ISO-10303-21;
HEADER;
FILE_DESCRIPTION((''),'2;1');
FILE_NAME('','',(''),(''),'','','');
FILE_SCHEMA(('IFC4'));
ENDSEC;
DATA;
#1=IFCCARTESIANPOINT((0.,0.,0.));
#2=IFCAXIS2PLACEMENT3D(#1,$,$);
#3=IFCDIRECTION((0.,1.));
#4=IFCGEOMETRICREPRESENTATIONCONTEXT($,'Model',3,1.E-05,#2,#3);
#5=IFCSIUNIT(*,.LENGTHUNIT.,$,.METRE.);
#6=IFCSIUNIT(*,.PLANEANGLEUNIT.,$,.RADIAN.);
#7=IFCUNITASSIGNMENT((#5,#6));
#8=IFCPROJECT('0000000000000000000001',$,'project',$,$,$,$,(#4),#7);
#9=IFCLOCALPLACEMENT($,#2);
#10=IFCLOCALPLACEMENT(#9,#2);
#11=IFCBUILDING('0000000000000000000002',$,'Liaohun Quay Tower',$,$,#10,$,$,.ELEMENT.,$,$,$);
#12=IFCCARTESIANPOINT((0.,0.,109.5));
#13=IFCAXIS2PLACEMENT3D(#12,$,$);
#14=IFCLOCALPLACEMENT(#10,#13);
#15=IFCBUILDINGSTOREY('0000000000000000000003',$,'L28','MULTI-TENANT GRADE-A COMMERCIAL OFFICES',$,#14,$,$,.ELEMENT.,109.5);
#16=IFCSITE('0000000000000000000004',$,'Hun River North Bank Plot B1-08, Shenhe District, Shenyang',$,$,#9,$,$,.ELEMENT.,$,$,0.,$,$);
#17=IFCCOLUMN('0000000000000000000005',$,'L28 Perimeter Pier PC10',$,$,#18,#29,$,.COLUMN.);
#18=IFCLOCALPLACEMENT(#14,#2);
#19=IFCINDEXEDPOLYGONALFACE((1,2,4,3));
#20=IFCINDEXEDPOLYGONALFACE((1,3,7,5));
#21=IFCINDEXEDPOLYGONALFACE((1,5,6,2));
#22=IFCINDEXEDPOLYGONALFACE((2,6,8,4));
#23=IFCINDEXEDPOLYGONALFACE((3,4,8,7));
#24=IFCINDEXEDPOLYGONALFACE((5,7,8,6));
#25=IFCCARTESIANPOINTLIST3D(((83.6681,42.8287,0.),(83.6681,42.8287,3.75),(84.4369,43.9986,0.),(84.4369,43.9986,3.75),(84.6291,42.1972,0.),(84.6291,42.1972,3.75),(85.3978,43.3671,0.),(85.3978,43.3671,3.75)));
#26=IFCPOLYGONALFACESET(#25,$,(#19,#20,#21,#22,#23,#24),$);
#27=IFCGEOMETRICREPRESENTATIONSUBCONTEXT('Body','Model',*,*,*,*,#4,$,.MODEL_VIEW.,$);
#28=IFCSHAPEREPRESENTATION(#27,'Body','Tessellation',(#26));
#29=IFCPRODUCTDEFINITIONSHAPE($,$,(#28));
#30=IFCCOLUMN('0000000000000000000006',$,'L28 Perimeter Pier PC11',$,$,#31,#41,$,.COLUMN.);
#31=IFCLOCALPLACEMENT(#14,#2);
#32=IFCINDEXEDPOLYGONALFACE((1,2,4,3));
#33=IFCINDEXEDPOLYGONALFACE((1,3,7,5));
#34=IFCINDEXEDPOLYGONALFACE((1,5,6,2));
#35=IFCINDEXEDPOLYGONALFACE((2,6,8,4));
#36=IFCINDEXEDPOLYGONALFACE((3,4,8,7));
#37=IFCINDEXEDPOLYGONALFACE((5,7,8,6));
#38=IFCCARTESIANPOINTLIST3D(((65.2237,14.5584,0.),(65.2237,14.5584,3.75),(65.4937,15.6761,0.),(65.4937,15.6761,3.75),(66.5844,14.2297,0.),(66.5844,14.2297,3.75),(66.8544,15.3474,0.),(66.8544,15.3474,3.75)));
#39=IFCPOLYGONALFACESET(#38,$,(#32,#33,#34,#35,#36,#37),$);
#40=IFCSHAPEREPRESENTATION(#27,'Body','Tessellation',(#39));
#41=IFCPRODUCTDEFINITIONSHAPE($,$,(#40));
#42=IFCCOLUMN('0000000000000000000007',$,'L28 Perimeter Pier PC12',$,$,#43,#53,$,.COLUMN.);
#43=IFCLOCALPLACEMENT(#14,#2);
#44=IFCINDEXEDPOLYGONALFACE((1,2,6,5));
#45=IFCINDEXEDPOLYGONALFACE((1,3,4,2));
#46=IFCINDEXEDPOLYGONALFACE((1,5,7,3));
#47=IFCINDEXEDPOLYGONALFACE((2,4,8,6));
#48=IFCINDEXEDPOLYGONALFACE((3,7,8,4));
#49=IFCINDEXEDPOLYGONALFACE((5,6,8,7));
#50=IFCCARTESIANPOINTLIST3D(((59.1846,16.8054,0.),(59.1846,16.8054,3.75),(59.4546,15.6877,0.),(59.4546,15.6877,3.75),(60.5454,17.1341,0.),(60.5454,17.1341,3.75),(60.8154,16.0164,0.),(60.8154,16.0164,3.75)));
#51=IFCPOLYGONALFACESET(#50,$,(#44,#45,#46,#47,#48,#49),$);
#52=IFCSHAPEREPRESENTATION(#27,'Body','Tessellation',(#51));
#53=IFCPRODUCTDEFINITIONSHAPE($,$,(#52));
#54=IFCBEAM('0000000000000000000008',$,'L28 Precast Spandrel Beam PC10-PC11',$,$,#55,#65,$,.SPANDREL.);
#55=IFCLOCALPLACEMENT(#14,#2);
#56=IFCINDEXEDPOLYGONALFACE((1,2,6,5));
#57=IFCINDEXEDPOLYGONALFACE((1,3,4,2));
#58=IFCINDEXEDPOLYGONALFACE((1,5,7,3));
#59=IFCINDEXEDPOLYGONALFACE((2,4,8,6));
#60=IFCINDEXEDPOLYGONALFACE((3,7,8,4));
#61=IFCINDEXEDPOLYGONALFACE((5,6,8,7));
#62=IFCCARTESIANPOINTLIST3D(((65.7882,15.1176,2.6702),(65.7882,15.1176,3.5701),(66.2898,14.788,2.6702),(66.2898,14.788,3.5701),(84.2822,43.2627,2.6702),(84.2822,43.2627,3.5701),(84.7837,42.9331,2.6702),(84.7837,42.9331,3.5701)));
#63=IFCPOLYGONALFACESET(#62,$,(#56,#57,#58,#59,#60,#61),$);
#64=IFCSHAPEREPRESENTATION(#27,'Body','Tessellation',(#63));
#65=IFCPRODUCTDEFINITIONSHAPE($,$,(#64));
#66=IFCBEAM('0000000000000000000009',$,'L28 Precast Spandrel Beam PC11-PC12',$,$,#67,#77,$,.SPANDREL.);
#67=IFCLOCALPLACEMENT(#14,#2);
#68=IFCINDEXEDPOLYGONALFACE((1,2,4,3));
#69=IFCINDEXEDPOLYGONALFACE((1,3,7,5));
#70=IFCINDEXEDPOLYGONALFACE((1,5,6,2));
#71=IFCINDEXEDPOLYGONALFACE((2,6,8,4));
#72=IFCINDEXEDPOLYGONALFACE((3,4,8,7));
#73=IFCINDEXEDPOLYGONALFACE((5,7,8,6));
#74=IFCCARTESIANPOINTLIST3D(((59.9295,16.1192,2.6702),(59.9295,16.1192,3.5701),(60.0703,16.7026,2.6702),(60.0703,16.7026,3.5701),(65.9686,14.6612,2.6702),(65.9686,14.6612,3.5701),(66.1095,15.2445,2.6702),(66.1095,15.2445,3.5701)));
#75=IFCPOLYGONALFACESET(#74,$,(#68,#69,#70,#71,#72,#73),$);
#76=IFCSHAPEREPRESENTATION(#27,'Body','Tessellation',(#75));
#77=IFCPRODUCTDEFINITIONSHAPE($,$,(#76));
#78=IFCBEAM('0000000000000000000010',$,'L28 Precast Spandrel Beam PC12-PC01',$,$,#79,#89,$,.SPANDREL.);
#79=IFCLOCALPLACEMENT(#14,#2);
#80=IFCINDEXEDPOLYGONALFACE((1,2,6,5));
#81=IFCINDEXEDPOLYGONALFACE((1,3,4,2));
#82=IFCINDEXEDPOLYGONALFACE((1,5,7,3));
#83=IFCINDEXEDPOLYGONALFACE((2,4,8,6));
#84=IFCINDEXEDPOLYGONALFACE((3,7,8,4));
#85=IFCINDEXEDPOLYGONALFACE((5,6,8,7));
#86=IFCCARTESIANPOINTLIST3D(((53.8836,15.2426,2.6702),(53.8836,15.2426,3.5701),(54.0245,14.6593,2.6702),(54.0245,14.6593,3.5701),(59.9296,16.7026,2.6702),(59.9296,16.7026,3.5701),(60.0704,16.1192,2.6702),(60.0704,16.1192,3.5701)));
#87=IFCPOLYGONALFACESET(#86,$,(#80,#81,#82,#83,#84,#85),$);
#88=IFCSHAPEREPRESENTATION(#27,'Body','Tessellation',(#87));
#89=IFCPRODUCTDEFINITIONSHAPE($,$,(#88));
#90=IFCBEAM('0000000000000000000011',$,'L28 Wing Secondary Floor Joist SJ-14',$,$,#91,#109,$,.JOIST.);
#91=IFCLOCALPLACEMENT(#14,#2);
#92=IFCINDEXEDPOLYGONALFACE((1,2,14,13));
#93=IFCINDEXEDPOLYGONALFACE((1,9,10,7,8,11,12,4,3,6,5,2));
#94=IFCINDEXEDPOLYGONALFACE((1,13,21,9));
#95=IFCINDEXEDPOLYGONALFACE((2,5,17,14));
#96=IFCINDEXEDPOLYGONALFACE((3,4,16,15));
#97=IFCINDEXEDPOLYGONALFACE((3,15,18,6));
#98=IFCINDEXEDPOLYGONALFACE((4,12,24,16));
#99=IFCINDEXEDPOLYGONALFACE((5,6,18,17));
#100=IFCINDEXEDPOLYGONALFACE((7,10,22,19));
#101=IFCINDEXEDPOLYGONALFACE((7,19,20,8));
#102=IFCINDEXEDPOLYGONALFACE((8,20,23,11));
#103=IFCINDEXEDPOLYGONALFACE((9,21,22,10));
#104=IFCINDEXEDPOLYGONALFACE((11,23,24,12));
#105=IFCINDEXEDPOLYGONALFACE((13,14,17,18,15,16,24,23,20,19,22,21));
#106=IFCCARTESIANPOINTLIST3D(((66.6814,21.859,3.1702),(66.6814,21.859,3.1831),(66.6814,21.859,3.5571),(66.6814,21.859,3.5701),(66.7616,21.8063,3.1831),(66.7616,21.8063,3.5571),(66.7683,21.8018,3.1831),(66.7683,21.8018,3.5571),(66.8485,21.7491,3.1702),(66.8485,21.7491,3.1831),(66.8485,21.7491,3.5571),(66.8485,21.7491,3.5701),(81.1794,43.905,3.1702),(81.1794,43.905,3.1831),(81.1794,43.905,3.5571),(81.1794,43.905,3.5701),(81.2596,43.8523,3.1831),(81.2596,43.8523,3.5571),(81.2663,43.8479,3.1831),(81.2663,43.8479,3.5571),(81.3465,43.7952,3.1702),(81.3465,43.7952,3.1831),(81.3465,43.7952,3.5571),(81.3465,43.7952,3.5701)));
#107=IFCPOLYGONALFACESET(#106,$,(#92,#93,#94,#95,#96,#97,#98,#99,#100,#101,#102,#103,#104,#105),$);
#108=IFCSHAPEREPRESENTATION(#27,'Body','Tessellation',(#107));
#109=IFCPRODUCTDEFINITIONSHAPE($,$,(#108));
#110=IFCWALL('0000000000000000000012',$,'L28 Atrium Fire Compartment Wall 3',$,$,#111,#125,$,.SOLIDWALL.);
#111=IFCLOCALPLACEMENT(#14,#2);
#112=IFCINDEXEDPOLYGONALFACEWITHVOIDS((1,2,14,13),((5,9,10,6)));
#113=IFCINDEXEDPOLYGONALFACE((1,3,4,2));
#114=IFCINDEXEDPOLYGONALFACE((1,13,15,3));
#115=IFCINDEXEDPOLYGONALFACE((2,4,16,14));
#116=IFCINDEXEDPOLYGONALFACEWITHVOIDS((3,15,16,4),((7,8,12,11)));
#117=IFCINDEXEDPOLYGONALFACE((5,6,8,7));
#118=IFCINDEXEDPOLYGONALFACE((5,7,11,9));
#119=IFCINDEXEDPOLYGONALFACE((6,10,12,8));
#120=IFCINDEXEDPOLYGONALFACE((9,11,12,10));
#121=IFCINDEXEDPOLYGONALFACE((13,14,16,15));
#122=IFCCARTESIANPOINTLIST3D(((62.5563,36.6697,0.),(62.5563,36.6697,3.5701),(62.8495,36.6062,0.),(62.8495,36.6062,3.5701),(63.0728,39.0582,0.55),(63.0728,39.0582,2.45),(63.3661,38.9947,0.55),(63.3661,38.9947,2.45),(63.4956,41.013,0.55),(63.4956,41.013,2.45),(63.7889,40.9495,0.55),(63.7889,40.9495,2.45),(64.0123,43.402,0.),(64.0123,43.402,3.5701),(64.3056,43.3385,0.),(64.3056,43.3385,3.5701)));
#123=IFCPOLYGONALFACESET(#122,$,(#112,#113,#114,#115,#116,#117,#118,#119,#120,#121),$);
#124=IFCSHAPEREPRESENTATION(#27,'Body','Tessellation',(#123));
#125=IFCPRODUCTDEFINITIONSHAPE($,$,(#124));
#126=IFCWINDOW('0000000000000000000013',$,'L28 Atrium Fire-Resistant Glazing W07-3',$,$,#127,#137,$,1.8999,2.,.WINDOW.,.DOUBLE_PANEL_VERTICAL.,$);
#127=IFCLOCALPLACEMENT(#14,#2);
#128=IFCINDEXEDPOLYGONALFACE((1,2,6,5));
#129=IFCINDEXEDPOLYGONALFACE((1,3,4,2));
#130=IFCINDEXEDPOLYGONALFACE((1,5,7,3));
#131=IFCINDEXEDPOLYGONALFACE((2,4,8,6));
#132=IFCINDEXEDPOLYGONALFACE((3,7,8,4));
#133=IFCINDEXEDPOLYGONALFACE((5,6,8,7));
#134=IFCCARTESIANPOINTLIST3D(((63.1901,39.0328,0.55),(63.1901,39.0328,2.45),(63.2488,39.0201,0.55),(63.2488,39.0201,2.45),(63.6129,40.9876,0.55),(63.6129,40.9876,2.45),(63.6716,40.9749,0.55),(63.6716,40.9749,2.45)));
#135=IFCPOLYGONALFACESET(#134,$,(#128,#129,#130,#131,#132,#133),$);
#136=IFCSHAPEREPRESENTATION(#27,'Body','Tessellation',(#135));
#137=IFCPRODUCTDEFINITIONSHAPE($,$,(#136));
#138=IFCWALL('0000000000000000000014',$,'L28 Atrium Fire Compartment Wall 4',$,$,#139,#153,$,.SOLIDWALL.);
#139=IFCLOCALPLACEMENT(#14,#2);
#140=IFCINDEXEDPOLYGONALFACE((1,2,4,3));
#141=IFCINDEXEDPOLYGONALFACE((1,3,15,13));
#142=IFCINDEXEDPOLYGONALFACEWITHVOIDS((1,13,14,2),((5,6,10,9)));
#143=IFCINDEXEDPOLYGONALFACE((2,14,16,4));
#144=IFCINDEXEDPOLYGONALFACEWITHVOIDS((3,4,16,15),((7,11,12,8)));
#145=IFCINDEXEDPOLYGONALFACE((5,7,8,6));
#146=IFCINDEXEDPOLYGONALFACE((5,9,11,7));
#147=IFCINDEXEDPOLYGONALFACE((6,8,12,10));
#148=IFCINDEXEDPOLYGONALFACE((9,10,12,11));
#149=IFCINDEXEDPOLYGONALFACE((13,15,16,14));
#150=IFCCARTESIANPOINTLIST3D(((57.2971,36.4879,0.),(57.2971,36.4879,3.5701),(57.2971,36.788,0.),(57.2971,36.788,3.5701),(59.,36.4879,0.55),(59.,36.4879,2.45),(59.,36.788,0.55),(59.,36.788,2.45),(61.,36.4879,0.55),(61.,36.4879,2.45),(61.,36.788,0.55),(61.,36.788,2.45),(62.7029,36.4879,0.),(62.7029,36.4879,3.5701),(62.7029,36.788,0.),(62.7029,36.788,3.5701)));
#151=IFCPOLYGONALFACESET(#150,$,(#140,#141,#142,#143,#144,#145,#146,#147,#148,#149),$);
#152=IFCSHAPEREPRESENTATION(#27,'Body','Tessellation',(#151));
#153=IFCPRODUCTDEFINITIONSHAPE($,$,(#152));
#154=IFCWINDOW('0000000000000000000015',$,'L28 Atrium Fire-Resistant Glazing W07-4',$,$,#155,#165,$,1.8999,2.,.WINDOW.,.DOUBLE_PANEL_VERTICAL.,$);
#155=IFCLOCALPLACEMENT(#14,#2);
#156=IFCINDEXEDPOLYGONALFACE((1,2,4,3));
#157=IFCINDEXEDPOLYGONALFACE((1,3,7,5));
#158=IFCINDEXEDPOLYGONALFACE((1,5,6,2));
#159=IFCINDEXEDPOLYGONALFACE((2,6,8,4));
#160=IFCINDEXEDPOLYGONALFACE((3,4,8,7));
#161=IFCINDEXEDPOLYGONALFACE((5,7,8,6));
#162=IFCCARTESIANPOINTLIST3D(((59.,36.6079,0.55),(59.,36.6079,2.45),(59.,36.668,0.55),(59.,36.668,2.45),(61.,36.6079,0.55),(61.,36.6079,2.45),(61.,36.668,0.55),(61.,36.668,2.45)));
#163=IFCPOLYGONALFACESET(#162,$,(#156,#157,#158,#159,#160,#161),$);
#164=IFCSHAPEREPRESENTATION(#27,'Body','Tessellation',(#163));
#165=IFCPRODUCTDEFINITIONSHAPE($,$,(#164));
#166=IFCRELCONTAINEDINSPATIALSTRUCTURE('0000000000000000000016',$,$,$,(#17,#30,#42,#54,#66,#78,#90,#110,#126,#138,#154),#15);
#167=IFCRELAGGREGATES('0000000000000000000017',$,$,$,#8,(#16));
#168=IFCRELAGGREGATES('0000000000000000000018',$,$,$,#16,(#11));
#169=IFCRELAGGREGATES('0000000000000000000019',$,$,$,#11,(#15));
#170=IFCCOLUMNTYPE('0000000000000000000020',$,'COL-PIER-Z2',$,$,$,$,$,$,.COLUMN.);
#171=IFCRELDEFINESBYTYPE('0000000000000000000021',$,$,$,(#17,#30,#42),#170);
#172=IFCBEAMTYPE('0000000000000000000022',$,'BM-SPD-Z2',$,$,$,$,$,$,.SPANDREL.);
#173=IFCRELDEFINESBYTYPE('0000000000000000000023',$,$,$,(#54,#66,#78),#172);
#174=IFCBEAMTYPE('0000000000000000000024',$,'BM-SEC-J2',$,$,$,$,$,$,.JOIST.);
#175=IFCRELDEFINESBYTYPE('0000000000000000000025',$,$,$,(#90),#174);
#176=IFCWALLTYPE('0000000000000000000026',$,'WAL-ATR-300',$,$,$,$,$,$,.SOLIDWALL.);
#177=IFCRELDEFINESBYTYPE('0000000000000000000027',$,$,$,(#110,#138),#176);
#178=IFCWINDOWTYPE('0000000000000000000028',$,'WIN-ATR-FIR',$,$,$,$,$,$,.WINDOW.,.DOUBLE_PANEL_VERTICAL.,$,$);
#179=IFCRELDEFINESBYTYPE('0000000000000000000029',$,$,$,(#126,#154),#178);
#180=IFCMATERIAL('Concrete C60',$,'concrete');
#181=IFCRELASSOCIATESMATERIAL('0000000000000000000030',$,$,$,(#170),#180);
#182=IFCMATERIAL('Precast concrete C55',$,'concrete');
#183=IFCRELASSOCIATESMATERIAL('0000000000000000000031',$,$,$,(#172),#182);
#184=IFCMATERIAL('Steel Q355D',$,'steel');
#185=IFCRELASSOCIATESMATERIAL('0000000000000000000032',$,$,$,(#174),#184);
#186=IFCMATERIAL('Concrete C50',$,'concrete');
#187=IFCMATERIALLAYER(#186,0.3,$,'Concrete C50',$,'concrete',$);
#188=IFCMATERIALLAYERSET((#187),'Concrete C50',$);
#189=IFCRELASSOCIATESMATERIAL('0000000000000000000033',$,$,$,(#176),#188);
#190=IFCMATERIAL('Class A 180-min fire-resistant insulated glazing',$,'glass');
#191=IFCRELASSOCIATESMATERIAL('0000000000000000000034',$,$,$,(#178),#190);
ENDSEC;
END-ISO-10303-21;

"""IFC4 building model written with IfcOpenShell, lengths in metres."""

from ifc_helpers import new_model, si_unit, direction, frame, frame_2d, origin, origin_2d, place, context, subcontext, project, spatial, rectangle, i_section, extrude, source, transform, mapped, material, layer, layer_set, material_profile, profile_set, type_object, element, fill, save


model = new_model("IFC4")

# Units and contexts
model_context = context("Model", 3, precision=1e-05, world=origin(), true_north=direction((0.0, 1.0)))
body_context = subcontext(model_context, "Body", "Model", "MODEL_VIEW")
ifc_project = project(units=[si_unit("LENGTHUNIT", "METRE"), si_unit("PLANEANGLEUNIT", "RADIAN")], contexts=[model_context])

# Site, building, storey
site_placement = place(None, origin())
site = spatial("IfcSite", under=ifc_project, at=site_placement, Name="Hun River North Bank Plot B1-08, Shenhe District, Shenyang", CompositionType="ELEMENT", RefElevation=0.0)
building_placement = place(site_placement, origin())
building = spatial("IfcBuilding", under=site, at=building_placement, Name="Liaohun Quay Tower", CompositionType="ELEMENT")
storey_placement = place(building_placement, frame((0.0, 0.0, 109.5)))
storey = spatial("IfcBuildingStorey", under=building, at=storey_placement, Name="L28", Description="MULTI-TENANT GRADE-A COMMERCIAL OFFICES", CompositionType="ELEMENT", Elevation=109.5)

# Columns
ifc_material_1 = material(Name="Concrete C60", Category="concrete")
ifc_material_profile_1 = material_profile(ifc_material_1, rectangle(XDim=1.3999, YDim=1.1499, at=origin_2d()), Name="RC1400x1150")
ifc_profile_set_1 = profile_set([ifc_material_profile_1], Name="Concrete C60")
column_type = type_object("IfcColumnType", Name="COL-PIER-Z2", PredefinedType="COLUMN", material=ifc_profile_set_1)
shared_shape_1 = source(origin(), body_context, "Body", "SweptSolid", [
    extrude(rectangle(XDim=1.3999, YDim=1.1499, at=origin_2d()), origin(), (0.0, 0.0, 1.0), 3.75),
])
for number, where, z_axis, x_axis, name in (
    (1, (84.533, 43.0979, 0.0), (0.0, 0.0, 1.0), (0.549169, 0.835712, 0.0), "L28 Perimeter Pier PC10"),
    (2, (66.0391, 14.9529, 0.0), (0.0, 0.0, 1.0), (-0.972043, 0.234803, 0.0), "L28 Perimeter Pier PC11"),
    (3, (60.0, 16.4109, 0.0), (0.0, 0.0, 1.0), (0.972043, 0.234803, 0.0), "L28 Perimeter Pier PC12"),
):
    element("IfcColumn", number, at=place(storey_placement, frame(where, z_axis=z_axis, x_axis=x_axis)), inside=storey, type_object=column_type, Name=name, PredefinedType="COLUMN", context=body_context, shape_type="MappedRepresentation", body=[
        mapped(shared_shape_1, transform((0.0, 0.0, 0.0), x_axis=(1.0, 0.0, 0.0), y_axis=(0.0, 1.0, 0.0), z_axis=(0.0, 0.0, 1.0), scale=1.0)),
    ])

# Beams
ifc_material_2 = material(Name="Precast concrete C55", Category="concrete")
ifc_material_profile_2 = material_profile(ifc_material_2, rectangle(XDim=0.6001, YDim=0.8999, at=origin_2d()), Name="RC600x900")
ifc_profile_set_2 = profile_set([ifc_material_profile_2], Name="Precast concrete C55")
beam_type_1 = type_object("IfcBeamType", Name="BM-SPD-Z2", PredefinedType="SPANDREL", material=ifc_profile_set_2)
shared_shape_2 = source(origin(), body_context, "Body", "SweptSolid", [
    extrude(rectangle(XDim=0.6001, YDim=0.8999, at=origin_2d()), origin(), (0.0, 0.0, 1.0), 33.6775),
])
beam_1_placement = place(storey_placement, frame((84.533, 43.0979, 3.1201), z_axis=(-0.549149, -0.835725, 0.0), x_axis=(0.835725, -0.549149, 0.0)))
element("IfcBeam", 4, at=beam_1_placement, inside=storey, type_object=beam_type_1, Name="L28 Precast Spandrel Beam PC10-PC11", PredefinedType="SPANDREL", context=body_context, shape_type="MappedRepresentation", body=[
    mapped(shared_shape_2, transform((0.0, 0.0, 0.0), x_axis=(1.0, 0.0, 0.0), y_axis=(0.0, 1.0, 0.0), z_axis=(0.0, 0.0, 1.0), scale=1.0)),
])
shared_shape_3 = source(origin(), body_context, "Body", "SweptSolid", [
    extrude(rectangle(XDim=0.6001, YDim=0.8999, at=origin_2d()), origin(), (0.0, 0.0, 1.0), 6.2126),
])
beam_2_placement = place(storey_placement, frame((66.0391, 14.9529, 3.1201), z_axis=(-0.972071, 0.234687, 0.0), x_axis=(-0.234687, -0.972071, 0.0)))
element("IfcBeam", 5, at=beam_2_placement, inside=storey, type_object=beam_type_1, Name="L28 Precast Spandrel Beam PC11-PC12", PredefinedType="SPANDREL", context=body_context, shape_type="MappedRepresentation", body=[
    mapped(shared_shape_3, transform((0.0, 0.0, 0.0), x_axis=(1.0, 0.0, 0.0), y_axis=(0.0, 1.0, 0.0), z_axis=(0.0, 0.0, 1.0), scale=1.0)),
])
shared_shape_4 = source(origin(), body_context, "Body", "SweptSolid", [
    extrude(rectangle(XDim=0.6001, YDim=0.8999, at=origin_2d()), origin(), (0.0, 0.0, 1.0), 6.2197),
])
beam_3_placement = place(storey_placement, frame((60.0, 16.4109, 3.1201), z_axis=(-0.97206, -0.234733, 0.0), x_axis=(0.234733, -0.97206, 0.0)))
element("IfcBeam", 6, at=beam_3_placement, inside=storey, type_object=beam_type_1, Name="L28 Precast Spandrel Beam PC12-PC01", PredefinedType="SPANDREL", context=body_context, shape_type="MappedRepresentation", body=[
    mapped(shared_shape_4, transform((0.0, 0.0, 0.0), x_axis=(1.0, 0.0, 0.0), y_axis=(0.0, 1.0, 0.0), z_axis=(0.0, 0.0, 1.0), scale=1.0)),
])
ifc_material_3 = material(Name="Steel Q355D", Category="steel")
ifc_material_profile_3 = material_profile(ifc_material_3, i_section(OverallWidth=0.2, OverallDepth=0.3999, WebThickness=0.0081, FlangeThickness=0.0129, at=origin_2d()), Name="HN400x200x8x13")
ifc_profile_set_3 = profile_set([ifc_material_profile_3], Name="Steel Q355D")
beam_type_2 = type_object("IfcBeamType", Name="BM-SEC-J2", PredefinedType="JOIST", material=ifc_profile_set_3)
shared_shape_5 = source(origin(), body_context, "Body", "SweptSolid", [
    extrude(i_section(OverallWidth=0.2, OverallDepth=0.3999, WebThickness=0.0081, FlangeThickness=0.0129, at=origin_2d()), origin(), (0.0, 0.0, 1.0), 26.386),
])
beam_4_placement = place(storey_placement, frame((81.2629, 43.8501, 3.3701), z_axis=(-0.549458, -0.835521, 0.0), x_axis=(0.835521, -0.549458, 0.0)))
element("IfcBeam", 7, at=beam_4_placement, inside=storey, type_object=beam_type_2, Name="L28 Wing Secondary Floor Joist SJ-14", PredefinedType="JOIST", context=body_context, shape_type="MappedRepresentation", body=[
    mapped(shared_shape_5, transform((0.0, 0.0, 0.0), x_axis=(1.0, 0.0, 0.0), y_axis=(0.0, 1.0, 0.0), z_axis=(0.0, 0.0, 1.0), scale=1.0)),
])

# Walls, openings, windows
ifc_material_4 = material(Name="Concrete C50", Category="concrete")
ifc_layer_1 = layer(ifc_material_4, 0.3, Name="Concrete C50", Category="concrete")
ifc_layer_set_1 = layer_set([ifc_layer_1], Name="Concrete C50")
wall_type_1 = type_object("IfcWallType", Name="WAL-ATR-300", PredefinedType="SOLIDWALL", material=ifc_layer_set_1)
wall_1_placement = place(storey_placement, frame((64.1589, 43.3701, 0.0), z_axis=(0.0, 0.0, 1.0), x_axis=(-0.211395, -0.977401, 0.0)))
wall_1 = element("IfcWall", 8, at=wall_1_placement, inside=storey, type_object=wall_type_1, Name="L28 Atrium Fire Compartment Wall 3", PredefinedType="SOLIDWALL", context=body_context, shape_type="SweptSolid", body=[
    extrude(rectangle(XDim=6.8879, YDim=0.3, at=frame_2d((3.4438, 0.0))), origin(), (0.0, 0.0, 1.0), 3.5701),
])
shared_shape_6 = source(origin(), body_context, "Body", "SweptSolid", [
    extrude(rectangle(XDim=2.0, YDim=1.8999, at=frame_2d((1.0, 0.95))), frame((0.0, 0.1599, 0.0), z_axis=(0.0, -1.0, 0.0), x_axis=(1.0, 0.0, 0.0)), (0.0, 0.0, 1.0), 0.3201),
])
opening_1_placement = place(wall_1_placement, frame((2.4441, 0.0, 0.55)))
opening_1 = element("IfcOpeningElement", 9, at=opening_1_placement, cuts=wall_1, PredefinedType="OPENING", context=body_context, shape_type="MappedRepresentation", body=[
    mapped(shared_shape_6, transform((0.0, 0.0, 0.0), x_axis=(1.0, 0.0, 0.0), y_axis=(0.0, 1.0, 0.0), z_axis=(0.0, 0.0, 1.0), scale=1.0)),
])
ifc_material_5 = material(Name="Class A 180-min fire-resistant insulated glazing", Category="glass")
window_type_1 = type_object("IfcWindowType", Name="WIN-ATR-FIR", PartitioningType="DOUBLE_PANEL_VERTICAL", PredefinedType="WINDOW", material=ifc_material_5)
shared_shape_7 = source(origin(), body_context, "Body", "SweptSolid", [
    extrude(rectangle(XDim=2.0, YDim=1.8999, at=frame_2d((1.0, 0.95))), frame((0.0, 0.03, 0.0), z_axis=(0.0, -1.0, 0.0), x_axis=(1.0, 0.0, 0.0)), (0.0, 0.0, 1.0), 0.0601),
])
window_1_placement = place(opening_1_placement, origin())
window_1 = element("IfcWindow", 10, at=window_1_placement, inside=storey, type_object=window_type_1, Name="L28 Atrium Fire-Resistant Glazing W07-3", OverallHeight=1.8999, OverallWidth=2.0, PartitioningType="DOUBLE_PANEL_VERTICAL", PredefinedType="WINDOW", context=body_context, shape_type="MappedRepresentation", body=[
    mapped(shared_shape_7, transform((0.0, 0.0, 0.0), x_axis=(1.0, 0.0, 0.0), y_axis=(0.0, 1.0, 0.0), z_axis=(0.0, 0.0, 1.0), scale=1.0)),
])
fill(opening_1, window_1)
wall_2_placement = place(storey_placement, frame((62.7029, 36.6379, 0.0), z_axis=(0.0, 0.0, 1.0), x_axis=(-1.0, 0.0, 0.0)))
wall_2 = element("IfcWall", 11, at=wall_2_placement, inside=storey, type_object=wall_type_1, Name="L28 Atrium Fire Compartment Wall 4", PredefinedType="SOLIDWALL", context=body_context, shape_type="SweptSolid", body=[
    extrude(rectangle(XDim=5.4058, YDim=0.3, at=frame_2d((2.7029, 0.0))), origin(), (0.0, 0.0, 1.0), 3.5701),
])
opening_2_placement = place(wall_2_placement, frame((1.7029, 0.0, 0.55)))
opening_2 = element("IfcOpeningElement", 12, at=opening_2_placement, cuts=wall_2, PredefinedType="OPENING", context=body_context, shape_type="MappedRepresentation", body=[
    mapped(shared_shape_6, transform((0.0, 0.0, 0.0), x_axis=(1.0, 0.0, 0.0), y_axis=(0.0, 1.0, 0.0), z_axis=(0.0, 0.0, 1.0), scale=1.0)),
])
window_2_placement = place(opening_2_placement, origin())
window_2 = element("IfcWindow", 13, at=window_2_placement, inside=storey, type_object=window_type_1, Name="L28 Atrium Fire-Resistant Glazing W07-4", OverallHeight=1.8999, OverallWidth=2.0, PartitioningType="DOUBLE_PANEL_VERTICAL", PredefinedType="WINDOW", context=body_context, shape_type="MappedRepresentation", body=[
    mapped(shared_shape_7, transform((0.0, 0.0, 0.0), x_axis=(1.0, 0.0, 0.0), y_axis=(0.0, 1.0, 0.0), z_axis=(0.0, 0.0, 1.0), scale=1.0)),
])
fill(opening_2, window_2)

save(model, "model.ifc")
